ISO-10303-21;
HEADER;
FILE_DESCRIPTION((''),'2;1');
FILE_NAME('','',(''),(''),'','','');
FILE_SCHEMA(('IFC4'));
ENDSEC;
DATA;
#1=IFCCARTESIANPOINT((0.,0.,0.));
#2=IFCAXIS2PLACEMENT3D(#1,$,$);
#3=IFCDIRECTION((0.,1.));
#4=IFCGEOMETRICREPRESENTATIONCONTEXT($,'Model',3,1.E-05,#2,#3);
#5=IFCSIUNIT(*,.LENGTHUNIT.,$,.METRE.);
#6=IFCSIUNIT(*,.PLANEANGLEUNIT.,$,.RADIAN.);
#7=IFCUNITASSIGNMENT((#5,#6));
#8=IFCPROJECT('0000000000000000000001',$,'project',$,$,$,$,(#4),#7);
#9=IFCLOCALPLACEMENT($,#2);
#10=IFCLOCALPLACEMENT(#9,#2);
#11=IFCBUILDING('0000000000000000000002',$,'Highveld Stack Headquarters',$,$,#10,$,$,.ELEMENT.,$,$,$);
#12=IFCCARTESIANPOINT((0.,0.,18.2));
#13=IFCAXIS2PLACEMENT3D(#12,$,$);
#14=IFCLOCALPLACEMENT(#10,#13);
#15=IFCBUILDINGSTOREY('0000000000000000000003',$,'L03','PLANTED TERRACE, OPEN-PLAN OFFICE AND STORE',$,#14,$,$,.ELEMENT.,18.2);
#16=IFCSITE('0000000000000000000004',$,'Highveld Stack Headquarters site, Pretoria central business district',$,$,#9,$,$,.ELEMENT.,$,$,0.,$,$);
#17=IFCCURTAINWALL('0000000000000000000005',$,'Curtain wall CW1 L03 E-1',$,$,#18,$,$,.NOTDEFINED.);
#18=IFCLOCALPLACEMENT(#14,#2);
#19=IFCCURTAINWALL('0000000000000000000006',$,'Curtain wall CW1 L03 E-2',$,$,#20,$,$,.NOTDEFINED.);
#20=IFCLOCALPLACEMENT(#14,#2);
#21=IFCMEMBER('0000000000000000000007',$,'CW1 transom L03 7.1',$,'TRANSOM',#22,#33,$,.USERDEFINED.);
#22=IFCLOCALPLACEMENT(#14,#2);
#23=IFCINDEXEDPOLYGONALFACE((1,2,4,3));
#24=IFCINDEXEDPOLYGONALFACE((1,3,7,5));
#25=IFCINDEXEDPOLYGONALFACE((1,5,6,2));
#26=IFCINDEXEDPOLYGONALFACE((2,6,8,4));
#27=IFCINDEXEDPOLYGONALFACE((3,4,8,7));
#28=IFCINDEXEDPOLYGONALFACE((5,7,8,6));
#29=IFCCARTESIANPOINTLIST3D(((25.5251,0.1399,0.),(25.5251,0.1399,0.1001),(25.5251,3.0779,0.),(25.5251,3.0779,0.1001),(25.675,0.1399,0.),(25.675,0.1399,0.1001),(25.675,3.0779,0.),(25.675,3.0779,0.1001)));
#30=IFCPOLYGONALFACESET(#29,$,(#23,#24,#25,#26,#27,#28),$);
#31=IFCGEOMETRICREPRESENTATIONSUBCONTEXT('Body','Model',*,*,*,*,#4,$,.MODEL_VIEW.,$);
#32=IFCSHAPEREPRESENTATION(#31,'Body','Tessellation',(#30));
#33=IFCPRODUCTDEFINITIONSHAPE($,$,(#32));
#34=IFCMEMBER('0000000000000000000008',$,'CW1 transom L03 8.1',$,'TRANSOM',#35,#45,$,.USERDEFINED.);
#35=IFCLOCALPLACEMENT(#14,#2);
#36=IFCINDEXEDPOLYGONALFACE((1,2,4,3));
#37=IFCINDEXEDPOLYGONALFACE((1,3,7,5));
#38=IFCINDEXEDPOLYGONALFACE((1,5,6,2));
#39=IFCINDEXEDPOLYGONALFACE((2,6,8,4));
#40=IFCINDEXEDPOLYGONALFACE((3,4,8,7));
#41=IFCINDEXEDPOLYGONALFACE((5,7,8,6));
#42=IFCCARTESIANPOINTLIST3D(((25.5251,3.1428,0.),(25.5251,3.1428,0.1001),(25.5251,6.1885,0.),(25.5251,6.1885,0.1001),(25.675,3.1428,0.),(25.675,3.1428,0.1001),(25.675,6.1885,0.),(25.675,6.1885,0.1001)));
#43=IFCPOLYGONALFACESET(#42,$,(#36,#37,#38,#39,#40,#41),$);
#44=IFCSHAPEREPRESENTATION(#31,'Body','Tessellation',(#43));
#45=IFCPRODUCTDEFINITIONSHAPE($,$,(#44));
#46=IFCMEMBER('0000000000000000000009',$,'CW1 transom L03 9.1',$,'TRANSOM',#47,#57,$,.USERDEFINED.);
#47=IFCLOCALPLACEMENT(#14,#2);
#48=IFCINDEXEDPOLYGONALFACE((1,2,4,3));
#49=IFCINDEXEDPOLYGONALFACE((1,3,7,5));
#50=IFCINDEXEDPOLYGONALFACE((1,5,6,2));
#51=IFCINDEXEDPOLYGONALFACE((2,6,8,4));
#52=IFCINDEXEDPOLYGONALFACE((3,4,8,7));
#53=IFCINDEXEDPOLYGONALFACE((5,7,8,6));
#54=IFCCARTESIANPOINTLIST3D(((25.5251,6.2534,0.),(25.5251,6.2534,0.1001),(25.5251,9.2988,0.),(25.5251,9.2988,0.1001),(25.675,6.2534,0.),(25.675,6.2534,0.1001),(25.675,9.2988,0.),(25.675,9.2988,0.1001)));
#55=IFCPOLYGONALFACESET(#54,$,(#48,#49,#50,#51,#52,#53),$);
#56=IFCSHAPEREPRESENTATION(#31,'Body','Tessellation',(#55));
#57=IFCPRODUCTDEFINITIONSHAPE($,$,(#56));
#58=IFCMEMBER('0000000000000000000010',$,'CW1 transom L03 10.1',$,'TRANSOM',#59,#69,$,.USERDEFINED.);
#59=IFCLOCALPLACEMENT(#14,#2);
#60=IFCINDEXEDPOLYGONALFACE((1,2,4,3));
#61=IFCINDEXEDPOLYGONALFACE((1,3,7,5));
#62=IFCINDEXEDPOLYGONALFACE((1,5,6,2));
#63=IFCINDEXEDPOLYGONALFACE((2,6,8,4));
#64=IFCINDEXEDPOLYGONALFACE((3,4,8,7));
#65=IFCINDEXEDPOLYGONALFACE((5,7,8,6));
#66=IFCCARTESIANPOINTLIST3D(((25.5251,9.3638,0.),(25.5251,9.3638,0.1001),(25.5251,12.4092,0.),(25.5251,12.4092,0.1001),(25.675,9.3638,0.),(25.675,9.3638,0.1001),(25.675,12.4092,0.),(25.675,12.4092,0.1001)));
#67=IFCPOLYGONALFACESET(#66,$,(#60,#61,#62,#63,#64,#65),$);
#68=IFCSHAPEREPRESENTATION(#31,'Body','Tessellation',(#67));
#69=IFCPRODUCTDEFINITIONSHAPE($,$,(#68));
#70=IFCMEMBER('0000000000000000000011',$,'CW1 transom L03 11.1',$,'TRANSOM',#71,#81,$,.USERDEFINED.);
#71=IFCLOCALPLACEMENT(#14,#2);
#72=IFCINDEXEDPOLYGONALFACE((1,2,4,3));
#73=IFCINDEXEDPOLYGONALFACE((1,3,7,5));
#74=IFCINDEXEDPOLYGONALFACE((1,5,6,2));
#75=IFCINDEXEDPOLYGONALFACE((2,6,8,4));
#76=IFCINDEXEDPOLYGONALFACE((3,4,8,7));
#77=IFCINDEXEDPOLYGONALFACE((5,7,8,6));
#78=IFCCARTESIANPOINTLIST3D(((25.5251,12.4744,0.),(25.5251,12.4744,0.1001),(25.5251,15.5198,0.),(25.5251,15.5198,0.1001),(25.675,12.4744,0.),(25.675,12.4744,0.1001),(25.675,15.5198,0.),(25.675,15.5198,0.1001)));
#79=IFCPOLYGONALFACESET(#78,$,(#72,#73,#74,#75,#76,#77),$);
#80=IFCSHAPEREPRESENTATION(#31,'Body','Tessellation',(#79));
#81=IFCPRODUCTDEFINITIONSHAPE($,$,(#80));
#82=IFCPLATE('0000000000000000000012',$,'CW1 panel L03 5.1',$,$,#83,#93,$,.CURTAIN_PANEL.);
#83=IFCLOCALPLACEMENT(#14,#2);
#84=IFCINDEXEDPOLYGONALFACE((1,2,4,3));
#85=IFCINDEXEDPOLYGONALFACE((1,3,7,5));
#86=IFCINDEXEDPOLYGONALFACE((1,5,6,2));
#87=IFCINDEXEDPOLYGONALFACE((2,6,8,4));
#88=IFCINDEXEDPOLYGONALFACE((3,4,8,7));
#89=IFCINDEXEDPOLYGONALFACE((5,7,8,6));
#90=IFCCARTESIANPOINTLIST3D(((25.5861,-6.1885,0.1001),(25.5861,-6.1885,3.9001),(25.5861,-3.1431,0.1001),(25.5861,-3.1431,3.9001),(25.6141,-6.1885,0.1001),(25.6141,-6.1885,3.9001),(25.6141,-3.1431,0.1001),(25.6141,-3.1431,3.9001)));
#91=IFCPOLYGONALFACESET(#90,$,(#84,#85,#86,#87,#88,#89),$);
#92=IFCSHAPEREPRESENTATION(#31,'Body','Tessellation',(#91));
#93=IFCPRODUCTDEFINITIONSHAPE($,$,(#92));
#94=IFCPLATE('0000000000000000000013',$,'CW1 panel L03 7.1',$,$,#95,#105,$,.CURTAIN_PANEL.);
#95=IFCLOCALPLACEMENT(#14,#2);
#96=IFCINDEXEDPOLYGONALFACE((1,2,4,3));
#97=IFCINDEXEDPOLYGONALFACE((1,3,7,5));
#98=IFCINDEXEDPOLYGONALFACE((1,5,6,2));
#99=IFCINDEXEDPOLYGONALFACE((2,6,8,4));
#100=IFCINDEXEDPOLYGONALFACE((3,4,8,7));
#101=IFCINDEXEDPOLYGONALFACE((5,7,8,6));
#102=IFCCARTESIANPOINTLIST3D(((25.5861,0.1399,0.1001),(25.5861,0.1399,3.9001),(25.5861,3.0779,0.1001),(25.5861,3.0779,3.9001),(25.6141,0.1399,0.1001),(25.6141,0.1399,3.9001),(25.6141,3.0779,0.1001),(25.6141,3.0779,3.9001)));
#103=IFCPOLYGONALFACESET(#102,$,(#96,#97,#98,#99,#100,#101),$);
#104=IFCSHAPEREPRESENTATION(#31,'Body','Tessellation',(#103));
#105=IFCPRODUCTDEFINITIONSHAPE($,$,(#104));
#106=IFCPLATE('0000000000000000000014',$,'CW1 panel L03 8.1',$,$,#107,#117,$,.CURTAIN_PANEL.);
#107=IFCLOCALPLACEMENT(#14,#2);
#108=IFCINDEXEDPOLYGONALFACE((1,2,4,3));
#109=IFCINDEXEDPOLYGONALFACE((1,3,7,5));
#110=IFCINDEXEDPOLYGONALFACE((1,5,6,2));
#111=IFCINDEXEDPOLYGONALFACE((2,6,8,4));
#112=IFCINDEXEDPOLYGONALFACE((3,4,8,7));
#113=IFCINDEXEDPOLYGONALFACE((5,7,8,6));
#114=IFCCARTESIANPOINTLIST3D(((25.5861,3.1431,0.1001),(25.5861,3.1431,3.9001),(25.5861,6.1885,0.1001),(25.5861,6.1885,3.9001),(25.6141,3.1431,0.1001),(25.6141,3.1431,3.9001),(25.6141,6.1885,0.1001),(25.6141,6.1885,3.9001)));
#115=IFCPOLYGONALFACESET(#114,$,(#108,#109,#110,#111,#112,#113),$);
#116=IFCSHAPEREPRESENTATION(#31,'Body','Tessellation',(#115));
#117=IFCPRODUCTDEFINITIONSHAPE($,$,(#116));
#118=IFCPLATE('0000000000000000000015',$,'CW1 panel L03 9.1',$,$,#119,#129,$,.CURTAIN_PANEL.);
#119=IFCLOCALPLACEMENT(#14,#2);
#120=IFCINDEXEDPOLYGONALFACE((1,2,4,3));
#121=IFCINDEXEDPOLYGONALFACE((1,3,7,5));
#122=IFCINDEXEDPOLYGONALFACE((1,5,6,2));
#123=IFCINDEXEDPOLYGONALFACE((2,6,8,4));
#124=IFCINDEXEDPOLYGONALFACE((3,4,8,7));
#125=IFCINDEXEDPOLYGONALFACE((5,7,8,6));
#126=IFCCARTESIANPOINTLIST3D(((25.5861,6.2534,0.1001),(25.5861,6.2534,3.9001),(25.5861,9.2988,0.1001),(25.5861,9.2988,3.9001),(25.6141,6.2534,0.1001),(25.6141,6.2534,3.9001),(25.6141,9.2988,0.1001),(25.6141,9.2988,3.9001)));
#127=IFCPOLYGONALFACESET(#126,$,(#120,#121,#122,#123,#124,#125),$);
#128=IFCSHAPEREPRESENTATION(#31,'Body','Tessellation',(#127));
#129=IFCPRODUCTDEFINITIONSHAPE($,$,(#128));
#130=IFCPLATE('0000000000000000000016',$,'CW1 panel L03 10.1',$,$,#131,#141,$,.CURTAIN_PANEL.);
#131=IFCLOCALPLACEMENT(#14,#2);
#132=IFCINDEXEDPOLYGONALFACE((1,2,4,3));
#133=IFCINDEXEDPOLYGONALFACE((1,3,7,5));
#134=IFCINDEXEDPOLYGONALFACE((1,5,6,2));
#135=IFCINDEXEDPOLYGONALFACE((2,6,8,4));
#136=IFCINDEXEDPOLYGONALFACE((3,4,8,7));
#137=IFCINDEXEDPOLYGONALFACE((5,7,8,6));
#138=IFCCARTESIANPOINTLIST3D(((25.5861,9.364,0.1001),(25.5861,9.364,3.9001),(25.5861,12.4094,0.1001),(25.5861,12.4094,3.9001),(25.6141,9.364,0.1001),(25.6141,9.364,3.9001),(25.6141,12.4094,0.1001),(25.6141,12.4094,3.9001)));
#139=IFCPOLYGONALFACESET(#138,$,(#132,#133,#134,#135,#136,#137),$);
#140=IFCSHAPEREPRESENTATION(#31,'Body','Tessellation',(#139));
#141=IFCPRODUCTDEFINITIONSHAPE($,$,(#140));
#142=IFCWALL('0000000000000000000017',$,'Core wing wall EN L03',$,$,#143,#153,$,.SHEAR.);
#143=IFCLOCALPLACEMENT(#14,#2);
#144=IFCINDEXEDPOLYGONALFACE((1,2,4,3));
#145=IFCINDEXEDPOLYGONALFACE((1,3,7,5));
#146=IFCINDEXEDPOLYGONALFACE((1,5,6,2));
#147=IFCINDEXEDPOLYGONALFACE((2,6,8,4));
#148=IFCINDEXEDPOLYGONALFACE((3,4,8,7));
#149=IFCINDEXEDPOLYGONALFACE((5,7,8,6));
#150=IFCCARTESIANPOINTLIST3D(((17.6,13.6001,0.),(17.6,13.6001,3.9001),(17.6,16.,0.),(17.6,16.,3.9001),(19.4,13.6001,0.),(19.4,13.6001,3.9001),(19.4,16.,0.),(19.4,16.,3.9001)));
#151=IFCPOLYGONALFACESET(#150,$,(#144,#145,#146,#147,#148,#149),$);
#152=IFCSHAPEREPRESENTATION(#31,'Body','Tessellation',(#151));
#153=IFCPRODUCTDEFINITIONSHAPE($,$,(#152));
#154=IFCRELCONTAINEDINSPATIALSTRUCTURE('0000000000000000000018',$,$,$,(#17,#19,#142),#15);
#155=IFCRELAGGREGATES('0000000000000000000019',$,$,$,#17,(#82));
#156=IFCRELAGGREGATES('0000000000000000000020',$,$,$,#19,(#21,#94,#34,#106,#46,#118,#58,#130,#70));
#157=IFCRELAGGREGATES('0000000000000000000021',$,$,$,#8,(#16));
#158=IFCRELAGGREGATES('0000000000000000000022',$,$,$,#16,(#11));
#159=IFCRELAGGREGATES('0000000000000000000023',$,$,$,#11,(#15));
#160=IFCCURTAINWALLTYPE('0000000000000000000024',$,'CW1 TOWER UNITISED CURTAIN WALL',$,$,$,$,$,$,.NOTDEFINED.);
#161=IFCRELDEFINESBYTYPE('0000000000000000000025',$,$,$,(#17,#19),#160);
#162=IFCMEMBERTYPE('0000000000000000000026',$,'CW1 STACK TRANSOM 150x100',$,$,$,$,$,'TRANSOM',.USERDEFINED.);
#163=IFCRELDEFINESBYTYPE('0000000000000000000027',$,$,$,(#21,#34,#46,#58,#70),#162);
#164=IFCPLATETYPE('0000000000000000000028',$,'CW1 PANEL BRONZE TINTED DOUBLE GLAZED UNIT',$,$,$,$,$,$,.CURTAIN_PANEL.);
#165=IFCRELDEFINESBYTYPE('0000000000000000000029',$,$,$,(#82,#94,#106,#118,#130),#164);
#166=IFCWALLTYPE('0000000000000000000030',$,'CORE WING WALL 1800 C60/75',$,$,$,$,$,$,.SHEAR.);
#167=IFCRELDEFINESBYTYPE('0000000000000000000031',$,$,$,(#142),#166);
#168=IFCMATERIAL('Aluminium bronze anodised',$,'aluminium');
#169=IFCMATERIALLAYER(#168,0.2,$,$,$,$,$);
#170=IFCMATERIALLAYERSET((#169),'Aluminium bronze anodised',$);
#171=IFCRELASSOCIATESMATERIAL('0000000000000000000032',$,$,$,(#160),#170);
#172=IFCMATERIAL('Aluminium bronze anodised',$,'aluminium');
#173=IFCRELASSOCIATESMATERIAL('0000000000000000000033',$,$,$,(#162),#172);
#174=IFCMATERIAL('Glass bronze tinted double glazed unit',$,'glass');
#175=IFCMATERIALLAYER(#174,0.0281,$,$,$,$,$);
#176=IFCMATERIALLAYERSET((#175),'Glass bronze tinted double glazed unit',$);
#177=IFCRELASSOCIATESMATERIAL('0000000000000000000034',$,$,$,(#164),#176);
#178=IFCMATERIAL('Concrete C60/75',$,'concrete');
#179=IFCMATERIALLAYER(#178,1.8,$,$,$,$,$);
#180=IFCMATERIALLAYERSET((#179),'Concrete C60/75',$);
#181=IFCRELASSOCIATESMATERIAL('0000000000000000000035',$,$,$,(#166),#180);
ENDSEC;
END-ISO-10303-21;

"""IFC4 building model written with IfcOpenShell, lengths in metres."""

from ifc_helpers import new_model, si_unit, direction, frame, frame_2d, origin, origin_2d, place, context, subcontext, project, spatial, rectangle, extrude, material, layer, layer_set, material_profile, profile_set, type_object, element, aggregate, save


model = new_model("IFC4")

# Units and contexts
model_context = context("Model", 3, precision=1e-05, world=origin(), true_north=direction((0.0, 1.0)))
body_context = subcontext(model_context, "Body", "Model", "MODEL_VIEW")
ifc_project = project(units=[si_unit("LENGTHUNIT", "METRE"), si_unit("PLANEANGLEUNIT", "RADIAN")], contexts=[model_context])

# Site, building, storey
site_placement = place(None, origin())
site = spatial("IfcSite", under=ifc_project, at=site_placement, Name="Highveld Stack Headquarters site, Pretoria central business district", CompositionType="ELEMENT", RefElevation=0.0)
building_placement = place(site_placement, origin())
building = spatial("IfcBuilding", under=site, at=building_placement, Name="Highveld Stack Headquarters", CompositionType="ELEMENT")
storey_placement = place(building_placement, frame((0.0, 0.0, 18.2)))
storey = spatial("IfcBuildingStorey", under=building, at=storey_placement, Name="L03", Description="PLANTED TERRACE, OPEN-PLAN OFFICE AND STORE", CompositionType="ELEMENT", Elevation=18.2)

# Curtain wall
ifc_material_1 = material(Name="Aluminium bronze anodised", Category="aluminium")
ifc_layer_1 = layer(ifc_material_1, 0.2)
ifc_layer_set_1 = layer_set([ifc_layer_1], Name="Aluminium bronze anodised")
curtain_wall_type = type_object("IfcCurtainWallType", Name="CW1 TOWER UNITISED CURTAIN WALL", PredefinedType="NOTDEFINED", material=ifc_layer_set_1)
curtain_wall_1_placement = place(storey_placement, origin())
curtain_wall_1 = element("IfcCurtainWall", 1, at=curtain_wall_1_placement, inside=storey, type_object=curtain_wall_type, Name="Curtain wall CW1 L03 E-1", PredefinedType="NOTDEFINED")

# Curtain wall
curtain_wall_2_placement = place(storey_placement, origin())
curtain_wall_2 = element("IfcCurtainWall", 2, at=curtain_wall_2_placement, inside=storey, type_object=curtain_wall_type, Name="Curtain wall CW1 L03 E-2", PredefinedType="NOTDEFINED")

# Members
ifc_material_2 = material(Name="Aluminium bronze anodised", Category="aluminium")
ifc_material_profile_1 = material_profile(ifc_material_2, rectangle(XDim=0.1499, YDim=0.1001, at=origin_2d()), Name="CW1 TRANSOM 150x100")
ifc_profile_set_1 = profile_set([ifc_material_profile_1], Name="Aluminium bronze anodised")
member_type_1 = type_object("IfcMemberType", Name="CW1 STACK TRANSOM 150x100", ElementType="TRANSOM", PredefinedType="USERDEFINED", material=ifc_profile_set_1)
member_1_placement = place(storey_placement, frame((25.6001, 0.1399, 0.05), z_axis=(0.0, 1.0, 0.0), x_axis=(-1.0, 0.0, 0.0)))
member_1 = element("IfcMember", 3, at=member_1_placement, type_object=member_type_1, Name="CW1 transom L03 7.1", ObjectType="TRANSOM", PredefinedType="USERDEFINED", context=body_context, shape_type="SweptSolid", body=[
    extrude(rectangle(XDim=0.1499, YDim=0.1001, at=origin_2d()), origin(), (0.0, 0.0, 1.0), 2.938),
])
member_2_placement = place(storey_placement, frame((25.6001, 3.1428, 0.05), z_axis=(0.0, 1.0, 0.0), x_axis=(-1.0, 0.0, 0.0)))
member_2 = element("IfcMember", 4, at=member_2_placement, type_object=member_type_1, Name="CW1 transom L03 8.1", ObjectType="TRANSOM", PredefinedType="USERDEFINED", context=body_context, shape_type="SweptSolid", body=[
    extrude(rectangle(XDim=0.1499, YDim=0.1001, at=origin_2d()), origin(), (0.0, 0.0, 1.0), 3.0457),
])
member_3_placement = place(storey_placement, frame((25.6001, 6.2534, 0.05), z_axis=(0.0, 1.0, 0.0), x_axis=(-1.0, 0.0, 0.0)))
member_3 = element("IfcMember", 5, at=member_3_placement, type_object=member_type_1, Name="CW1 transom L03 9.1", ObjectType="TRANSOM", PredefinedType="USERDEFINED", context=body_context, shape_type="SweptSolid", body=[
    extrude(rectangle(XDim=0.1499, YDim=0.1001, at=origin_2d()), origin(), (0.0, 0.0, 1.0), 3.0454),
])
member_4_placement = place(storey_placement, frame((25.6001, 9.3638, 0.05), z_axis=(0.0, 1.0, 0.0), x_axis=(-1.0, 0.0, 0.0)))
member_4 = element("IfcMember", 6, at=member_4_placement, type_object=member_type_1, Name="CW1 transom L03 10.1", ObjectType="TRANSOM", PredefinedType="USERDEFINED", context=body_context, shape_type="SweptSolid", body=[
    extrude(rectangle(XDim=0.1499, YDim=0.1001, at=origin_2d()), origin(), (0.0, 0.0, 1.0), 3.0454),
])
member_5_placement = place(storey_placement, frame((25.6001, 12.4744, 0.05), z_axis=(0.0, 1.0, 0.0), x_axis=(-1.0, 0.0, 0.0)))
member_5 = element("IfcMember", 7, at=member_5_placement, type_object=member_type_1, Name="CW1 transom L03 11.1", ObjectType="TRANSOM", PredefinedType="USERDEFINED", context=body_context, shape_type="SweptSolid", body=[
    extrude(rectangle(XDim=0.1499, YDim=0.1001, at=origin_2d()), origin(), (0.0, 0.0, 1.0), 3.0454),
])

# Plates
ifc_material_3 = material(Name="Glass bronze tinted double glazed unit", Category="glass")
ifc_layer_2 = layer(ifc_material_3, 0.0281)
ifc_layer_set_2 = layer_set([ifc_layer_2], Name="Glass bronze tinted double glazed unit")
plate_type = type_object("IfcPlateType", Name="CW1 PANEL BRONZE TINTED DOUBLE GLAZED UNIT", PredefinedType="CURTAIN_PANEL", material=ifc_layer_set_2)
plate_1_placement = place(storey_placement, frame((25.6001, -4.6658, 0.1001), z_axis=(0.0, 0.0, 1.0), x_axis=(0.0, 1.0, 0.0)))
plate_1 = element("IfcPlate", 8, at=plate_1_placement, type_object=plate_type, Name="CW1 panel L03 5.1", PredefinedType="CURTAIN_PANEL", context=body_context, shape_type="SweptSolid", body=[
    extrude(rectangle(XDim=3.0454, YDim=0.0281, at=origin_2d()), origin(), (0.0, 0.0, 1.0), 3.8),
])
aggregate(curtain_wall_1, [plate_1])
plate_2_placement = place(storey_placement, frame((25.6001, 1.6089, 0.1001), z_axis=(0.0, 0.0, 1.0), x_axis=(0.0, 1.0, 0.0)))
plate_2 = element("IfcPlate", 9, at=plate_2_placement, type_object=plate_type, Name="CW1 panel L03 7.1", PredefinedType="CURTAIN_PANEL", context=body_context, shape_type="SweptSolid", body=[
    extrude(rectangle(XDim=2.938, YDim=0.0281, at=origin_2d()), origin(), (0.0, 0.0, 1.0), 3.8),
])
plate_3_placement = place(storey_placement, frame((25.6001, 4.6658, 0.1001), z_axis=(0.0, 0.0, 1.0), x_axis=(0.0, 1.0, 0.0)))
plate_3 = element("IfcPlate", 10, at=plate_3_placement, type_object=plate_type, Name="CW1 panel L03 8.1", PredefinedType="CURTAIN_PANEL", context=body_context, shape_type="SweptSolid", body=[
    extrude(rectangle(XDim=3.0454, YDim=0.0281, at=origin_2d()), origin(), (0.0, 0.0, 1.0), 3.8),
])
plate_4_placement = place(storey_placement, frame((25.6001, 7.7761, 0.1001), z_axis=(0.0, 0.0, 1.0), x_axis=(0.0, 1.0, 0.0)))
plate_4 = element("IfcPlate", 11, at=plate_4_placement, type_object=plate_type, Name="CW1 panel L03 9.1", PredefinedType="CURTAIN_PANEL", context=body_context, shape_type="SweptSolid", body=[
    extrude(rectangle(XDim=3.0454, YDim=0.0281, at=origin_2d()), origin(), (0.0, 0.0, 1.0), 3.8),
])
plate_5_placement = place(storey_placement, frame((25.6001, 10.8867, 0.1001), z_axis=(0.0, 0.0, 1.0), x_axis=(0.0, 1.0, 0.0)))
plate_5 = element("IfcPlate", 12, at=plate_5_placement, type_object=plate_type, Name="CW1 panel L03 10.1", PredefinedType="CURTAIN_PANEL", context=body_context, shape_type="SweptSolid", body=[
    extrude(rectangle(XDim=3.0454, YDim=0.0281, at=origin_2d()), origin(), (0.0, 0.0, 1.0), 3.8),
])
aggregate(curtain_wall_2, [member_1, plate_2, member_2, plate_3, member_3, plate_4, member_4, plate_5, member_5])

# Wall
ifc_material_4 = material(Name="Concrete C60/75", Category="concrete")
ifc_layer_3 = layer(ifc_material_4, 1.8)
ifc_layer_set_3 = layer_set([ifc_layer_3], Name="Concrete C60/75")
wall_type_1 = type_object("IfcWallType", Name="CORE WING WALL 1800 C60/75", PredefinedType="SHEAR", material=ifc_layer_set_3)
wall_1_placement = place(storey_placement, frame((18.5, 13.6001, 0.0), z_axis=(0.0, 0.0, 1.0), x_axis=(0.0, 1.0, 0.0)))
element("IfcWall", 13, at=wall_1_placement, inside=storey, type_object=wall_type_1, Name="Core wing wall EN L03", PredefinedType="SHEAR", context=body_context, shape_type="SweptSolid", body=[
    extrude(rectangle(XDim=2.3999, YDim=1.8, at=frame_2d((1.2, 0.0))), origin(), (0.0, 0.0, 1.0), 3.9001),
])

save(model, "model.ifc")
